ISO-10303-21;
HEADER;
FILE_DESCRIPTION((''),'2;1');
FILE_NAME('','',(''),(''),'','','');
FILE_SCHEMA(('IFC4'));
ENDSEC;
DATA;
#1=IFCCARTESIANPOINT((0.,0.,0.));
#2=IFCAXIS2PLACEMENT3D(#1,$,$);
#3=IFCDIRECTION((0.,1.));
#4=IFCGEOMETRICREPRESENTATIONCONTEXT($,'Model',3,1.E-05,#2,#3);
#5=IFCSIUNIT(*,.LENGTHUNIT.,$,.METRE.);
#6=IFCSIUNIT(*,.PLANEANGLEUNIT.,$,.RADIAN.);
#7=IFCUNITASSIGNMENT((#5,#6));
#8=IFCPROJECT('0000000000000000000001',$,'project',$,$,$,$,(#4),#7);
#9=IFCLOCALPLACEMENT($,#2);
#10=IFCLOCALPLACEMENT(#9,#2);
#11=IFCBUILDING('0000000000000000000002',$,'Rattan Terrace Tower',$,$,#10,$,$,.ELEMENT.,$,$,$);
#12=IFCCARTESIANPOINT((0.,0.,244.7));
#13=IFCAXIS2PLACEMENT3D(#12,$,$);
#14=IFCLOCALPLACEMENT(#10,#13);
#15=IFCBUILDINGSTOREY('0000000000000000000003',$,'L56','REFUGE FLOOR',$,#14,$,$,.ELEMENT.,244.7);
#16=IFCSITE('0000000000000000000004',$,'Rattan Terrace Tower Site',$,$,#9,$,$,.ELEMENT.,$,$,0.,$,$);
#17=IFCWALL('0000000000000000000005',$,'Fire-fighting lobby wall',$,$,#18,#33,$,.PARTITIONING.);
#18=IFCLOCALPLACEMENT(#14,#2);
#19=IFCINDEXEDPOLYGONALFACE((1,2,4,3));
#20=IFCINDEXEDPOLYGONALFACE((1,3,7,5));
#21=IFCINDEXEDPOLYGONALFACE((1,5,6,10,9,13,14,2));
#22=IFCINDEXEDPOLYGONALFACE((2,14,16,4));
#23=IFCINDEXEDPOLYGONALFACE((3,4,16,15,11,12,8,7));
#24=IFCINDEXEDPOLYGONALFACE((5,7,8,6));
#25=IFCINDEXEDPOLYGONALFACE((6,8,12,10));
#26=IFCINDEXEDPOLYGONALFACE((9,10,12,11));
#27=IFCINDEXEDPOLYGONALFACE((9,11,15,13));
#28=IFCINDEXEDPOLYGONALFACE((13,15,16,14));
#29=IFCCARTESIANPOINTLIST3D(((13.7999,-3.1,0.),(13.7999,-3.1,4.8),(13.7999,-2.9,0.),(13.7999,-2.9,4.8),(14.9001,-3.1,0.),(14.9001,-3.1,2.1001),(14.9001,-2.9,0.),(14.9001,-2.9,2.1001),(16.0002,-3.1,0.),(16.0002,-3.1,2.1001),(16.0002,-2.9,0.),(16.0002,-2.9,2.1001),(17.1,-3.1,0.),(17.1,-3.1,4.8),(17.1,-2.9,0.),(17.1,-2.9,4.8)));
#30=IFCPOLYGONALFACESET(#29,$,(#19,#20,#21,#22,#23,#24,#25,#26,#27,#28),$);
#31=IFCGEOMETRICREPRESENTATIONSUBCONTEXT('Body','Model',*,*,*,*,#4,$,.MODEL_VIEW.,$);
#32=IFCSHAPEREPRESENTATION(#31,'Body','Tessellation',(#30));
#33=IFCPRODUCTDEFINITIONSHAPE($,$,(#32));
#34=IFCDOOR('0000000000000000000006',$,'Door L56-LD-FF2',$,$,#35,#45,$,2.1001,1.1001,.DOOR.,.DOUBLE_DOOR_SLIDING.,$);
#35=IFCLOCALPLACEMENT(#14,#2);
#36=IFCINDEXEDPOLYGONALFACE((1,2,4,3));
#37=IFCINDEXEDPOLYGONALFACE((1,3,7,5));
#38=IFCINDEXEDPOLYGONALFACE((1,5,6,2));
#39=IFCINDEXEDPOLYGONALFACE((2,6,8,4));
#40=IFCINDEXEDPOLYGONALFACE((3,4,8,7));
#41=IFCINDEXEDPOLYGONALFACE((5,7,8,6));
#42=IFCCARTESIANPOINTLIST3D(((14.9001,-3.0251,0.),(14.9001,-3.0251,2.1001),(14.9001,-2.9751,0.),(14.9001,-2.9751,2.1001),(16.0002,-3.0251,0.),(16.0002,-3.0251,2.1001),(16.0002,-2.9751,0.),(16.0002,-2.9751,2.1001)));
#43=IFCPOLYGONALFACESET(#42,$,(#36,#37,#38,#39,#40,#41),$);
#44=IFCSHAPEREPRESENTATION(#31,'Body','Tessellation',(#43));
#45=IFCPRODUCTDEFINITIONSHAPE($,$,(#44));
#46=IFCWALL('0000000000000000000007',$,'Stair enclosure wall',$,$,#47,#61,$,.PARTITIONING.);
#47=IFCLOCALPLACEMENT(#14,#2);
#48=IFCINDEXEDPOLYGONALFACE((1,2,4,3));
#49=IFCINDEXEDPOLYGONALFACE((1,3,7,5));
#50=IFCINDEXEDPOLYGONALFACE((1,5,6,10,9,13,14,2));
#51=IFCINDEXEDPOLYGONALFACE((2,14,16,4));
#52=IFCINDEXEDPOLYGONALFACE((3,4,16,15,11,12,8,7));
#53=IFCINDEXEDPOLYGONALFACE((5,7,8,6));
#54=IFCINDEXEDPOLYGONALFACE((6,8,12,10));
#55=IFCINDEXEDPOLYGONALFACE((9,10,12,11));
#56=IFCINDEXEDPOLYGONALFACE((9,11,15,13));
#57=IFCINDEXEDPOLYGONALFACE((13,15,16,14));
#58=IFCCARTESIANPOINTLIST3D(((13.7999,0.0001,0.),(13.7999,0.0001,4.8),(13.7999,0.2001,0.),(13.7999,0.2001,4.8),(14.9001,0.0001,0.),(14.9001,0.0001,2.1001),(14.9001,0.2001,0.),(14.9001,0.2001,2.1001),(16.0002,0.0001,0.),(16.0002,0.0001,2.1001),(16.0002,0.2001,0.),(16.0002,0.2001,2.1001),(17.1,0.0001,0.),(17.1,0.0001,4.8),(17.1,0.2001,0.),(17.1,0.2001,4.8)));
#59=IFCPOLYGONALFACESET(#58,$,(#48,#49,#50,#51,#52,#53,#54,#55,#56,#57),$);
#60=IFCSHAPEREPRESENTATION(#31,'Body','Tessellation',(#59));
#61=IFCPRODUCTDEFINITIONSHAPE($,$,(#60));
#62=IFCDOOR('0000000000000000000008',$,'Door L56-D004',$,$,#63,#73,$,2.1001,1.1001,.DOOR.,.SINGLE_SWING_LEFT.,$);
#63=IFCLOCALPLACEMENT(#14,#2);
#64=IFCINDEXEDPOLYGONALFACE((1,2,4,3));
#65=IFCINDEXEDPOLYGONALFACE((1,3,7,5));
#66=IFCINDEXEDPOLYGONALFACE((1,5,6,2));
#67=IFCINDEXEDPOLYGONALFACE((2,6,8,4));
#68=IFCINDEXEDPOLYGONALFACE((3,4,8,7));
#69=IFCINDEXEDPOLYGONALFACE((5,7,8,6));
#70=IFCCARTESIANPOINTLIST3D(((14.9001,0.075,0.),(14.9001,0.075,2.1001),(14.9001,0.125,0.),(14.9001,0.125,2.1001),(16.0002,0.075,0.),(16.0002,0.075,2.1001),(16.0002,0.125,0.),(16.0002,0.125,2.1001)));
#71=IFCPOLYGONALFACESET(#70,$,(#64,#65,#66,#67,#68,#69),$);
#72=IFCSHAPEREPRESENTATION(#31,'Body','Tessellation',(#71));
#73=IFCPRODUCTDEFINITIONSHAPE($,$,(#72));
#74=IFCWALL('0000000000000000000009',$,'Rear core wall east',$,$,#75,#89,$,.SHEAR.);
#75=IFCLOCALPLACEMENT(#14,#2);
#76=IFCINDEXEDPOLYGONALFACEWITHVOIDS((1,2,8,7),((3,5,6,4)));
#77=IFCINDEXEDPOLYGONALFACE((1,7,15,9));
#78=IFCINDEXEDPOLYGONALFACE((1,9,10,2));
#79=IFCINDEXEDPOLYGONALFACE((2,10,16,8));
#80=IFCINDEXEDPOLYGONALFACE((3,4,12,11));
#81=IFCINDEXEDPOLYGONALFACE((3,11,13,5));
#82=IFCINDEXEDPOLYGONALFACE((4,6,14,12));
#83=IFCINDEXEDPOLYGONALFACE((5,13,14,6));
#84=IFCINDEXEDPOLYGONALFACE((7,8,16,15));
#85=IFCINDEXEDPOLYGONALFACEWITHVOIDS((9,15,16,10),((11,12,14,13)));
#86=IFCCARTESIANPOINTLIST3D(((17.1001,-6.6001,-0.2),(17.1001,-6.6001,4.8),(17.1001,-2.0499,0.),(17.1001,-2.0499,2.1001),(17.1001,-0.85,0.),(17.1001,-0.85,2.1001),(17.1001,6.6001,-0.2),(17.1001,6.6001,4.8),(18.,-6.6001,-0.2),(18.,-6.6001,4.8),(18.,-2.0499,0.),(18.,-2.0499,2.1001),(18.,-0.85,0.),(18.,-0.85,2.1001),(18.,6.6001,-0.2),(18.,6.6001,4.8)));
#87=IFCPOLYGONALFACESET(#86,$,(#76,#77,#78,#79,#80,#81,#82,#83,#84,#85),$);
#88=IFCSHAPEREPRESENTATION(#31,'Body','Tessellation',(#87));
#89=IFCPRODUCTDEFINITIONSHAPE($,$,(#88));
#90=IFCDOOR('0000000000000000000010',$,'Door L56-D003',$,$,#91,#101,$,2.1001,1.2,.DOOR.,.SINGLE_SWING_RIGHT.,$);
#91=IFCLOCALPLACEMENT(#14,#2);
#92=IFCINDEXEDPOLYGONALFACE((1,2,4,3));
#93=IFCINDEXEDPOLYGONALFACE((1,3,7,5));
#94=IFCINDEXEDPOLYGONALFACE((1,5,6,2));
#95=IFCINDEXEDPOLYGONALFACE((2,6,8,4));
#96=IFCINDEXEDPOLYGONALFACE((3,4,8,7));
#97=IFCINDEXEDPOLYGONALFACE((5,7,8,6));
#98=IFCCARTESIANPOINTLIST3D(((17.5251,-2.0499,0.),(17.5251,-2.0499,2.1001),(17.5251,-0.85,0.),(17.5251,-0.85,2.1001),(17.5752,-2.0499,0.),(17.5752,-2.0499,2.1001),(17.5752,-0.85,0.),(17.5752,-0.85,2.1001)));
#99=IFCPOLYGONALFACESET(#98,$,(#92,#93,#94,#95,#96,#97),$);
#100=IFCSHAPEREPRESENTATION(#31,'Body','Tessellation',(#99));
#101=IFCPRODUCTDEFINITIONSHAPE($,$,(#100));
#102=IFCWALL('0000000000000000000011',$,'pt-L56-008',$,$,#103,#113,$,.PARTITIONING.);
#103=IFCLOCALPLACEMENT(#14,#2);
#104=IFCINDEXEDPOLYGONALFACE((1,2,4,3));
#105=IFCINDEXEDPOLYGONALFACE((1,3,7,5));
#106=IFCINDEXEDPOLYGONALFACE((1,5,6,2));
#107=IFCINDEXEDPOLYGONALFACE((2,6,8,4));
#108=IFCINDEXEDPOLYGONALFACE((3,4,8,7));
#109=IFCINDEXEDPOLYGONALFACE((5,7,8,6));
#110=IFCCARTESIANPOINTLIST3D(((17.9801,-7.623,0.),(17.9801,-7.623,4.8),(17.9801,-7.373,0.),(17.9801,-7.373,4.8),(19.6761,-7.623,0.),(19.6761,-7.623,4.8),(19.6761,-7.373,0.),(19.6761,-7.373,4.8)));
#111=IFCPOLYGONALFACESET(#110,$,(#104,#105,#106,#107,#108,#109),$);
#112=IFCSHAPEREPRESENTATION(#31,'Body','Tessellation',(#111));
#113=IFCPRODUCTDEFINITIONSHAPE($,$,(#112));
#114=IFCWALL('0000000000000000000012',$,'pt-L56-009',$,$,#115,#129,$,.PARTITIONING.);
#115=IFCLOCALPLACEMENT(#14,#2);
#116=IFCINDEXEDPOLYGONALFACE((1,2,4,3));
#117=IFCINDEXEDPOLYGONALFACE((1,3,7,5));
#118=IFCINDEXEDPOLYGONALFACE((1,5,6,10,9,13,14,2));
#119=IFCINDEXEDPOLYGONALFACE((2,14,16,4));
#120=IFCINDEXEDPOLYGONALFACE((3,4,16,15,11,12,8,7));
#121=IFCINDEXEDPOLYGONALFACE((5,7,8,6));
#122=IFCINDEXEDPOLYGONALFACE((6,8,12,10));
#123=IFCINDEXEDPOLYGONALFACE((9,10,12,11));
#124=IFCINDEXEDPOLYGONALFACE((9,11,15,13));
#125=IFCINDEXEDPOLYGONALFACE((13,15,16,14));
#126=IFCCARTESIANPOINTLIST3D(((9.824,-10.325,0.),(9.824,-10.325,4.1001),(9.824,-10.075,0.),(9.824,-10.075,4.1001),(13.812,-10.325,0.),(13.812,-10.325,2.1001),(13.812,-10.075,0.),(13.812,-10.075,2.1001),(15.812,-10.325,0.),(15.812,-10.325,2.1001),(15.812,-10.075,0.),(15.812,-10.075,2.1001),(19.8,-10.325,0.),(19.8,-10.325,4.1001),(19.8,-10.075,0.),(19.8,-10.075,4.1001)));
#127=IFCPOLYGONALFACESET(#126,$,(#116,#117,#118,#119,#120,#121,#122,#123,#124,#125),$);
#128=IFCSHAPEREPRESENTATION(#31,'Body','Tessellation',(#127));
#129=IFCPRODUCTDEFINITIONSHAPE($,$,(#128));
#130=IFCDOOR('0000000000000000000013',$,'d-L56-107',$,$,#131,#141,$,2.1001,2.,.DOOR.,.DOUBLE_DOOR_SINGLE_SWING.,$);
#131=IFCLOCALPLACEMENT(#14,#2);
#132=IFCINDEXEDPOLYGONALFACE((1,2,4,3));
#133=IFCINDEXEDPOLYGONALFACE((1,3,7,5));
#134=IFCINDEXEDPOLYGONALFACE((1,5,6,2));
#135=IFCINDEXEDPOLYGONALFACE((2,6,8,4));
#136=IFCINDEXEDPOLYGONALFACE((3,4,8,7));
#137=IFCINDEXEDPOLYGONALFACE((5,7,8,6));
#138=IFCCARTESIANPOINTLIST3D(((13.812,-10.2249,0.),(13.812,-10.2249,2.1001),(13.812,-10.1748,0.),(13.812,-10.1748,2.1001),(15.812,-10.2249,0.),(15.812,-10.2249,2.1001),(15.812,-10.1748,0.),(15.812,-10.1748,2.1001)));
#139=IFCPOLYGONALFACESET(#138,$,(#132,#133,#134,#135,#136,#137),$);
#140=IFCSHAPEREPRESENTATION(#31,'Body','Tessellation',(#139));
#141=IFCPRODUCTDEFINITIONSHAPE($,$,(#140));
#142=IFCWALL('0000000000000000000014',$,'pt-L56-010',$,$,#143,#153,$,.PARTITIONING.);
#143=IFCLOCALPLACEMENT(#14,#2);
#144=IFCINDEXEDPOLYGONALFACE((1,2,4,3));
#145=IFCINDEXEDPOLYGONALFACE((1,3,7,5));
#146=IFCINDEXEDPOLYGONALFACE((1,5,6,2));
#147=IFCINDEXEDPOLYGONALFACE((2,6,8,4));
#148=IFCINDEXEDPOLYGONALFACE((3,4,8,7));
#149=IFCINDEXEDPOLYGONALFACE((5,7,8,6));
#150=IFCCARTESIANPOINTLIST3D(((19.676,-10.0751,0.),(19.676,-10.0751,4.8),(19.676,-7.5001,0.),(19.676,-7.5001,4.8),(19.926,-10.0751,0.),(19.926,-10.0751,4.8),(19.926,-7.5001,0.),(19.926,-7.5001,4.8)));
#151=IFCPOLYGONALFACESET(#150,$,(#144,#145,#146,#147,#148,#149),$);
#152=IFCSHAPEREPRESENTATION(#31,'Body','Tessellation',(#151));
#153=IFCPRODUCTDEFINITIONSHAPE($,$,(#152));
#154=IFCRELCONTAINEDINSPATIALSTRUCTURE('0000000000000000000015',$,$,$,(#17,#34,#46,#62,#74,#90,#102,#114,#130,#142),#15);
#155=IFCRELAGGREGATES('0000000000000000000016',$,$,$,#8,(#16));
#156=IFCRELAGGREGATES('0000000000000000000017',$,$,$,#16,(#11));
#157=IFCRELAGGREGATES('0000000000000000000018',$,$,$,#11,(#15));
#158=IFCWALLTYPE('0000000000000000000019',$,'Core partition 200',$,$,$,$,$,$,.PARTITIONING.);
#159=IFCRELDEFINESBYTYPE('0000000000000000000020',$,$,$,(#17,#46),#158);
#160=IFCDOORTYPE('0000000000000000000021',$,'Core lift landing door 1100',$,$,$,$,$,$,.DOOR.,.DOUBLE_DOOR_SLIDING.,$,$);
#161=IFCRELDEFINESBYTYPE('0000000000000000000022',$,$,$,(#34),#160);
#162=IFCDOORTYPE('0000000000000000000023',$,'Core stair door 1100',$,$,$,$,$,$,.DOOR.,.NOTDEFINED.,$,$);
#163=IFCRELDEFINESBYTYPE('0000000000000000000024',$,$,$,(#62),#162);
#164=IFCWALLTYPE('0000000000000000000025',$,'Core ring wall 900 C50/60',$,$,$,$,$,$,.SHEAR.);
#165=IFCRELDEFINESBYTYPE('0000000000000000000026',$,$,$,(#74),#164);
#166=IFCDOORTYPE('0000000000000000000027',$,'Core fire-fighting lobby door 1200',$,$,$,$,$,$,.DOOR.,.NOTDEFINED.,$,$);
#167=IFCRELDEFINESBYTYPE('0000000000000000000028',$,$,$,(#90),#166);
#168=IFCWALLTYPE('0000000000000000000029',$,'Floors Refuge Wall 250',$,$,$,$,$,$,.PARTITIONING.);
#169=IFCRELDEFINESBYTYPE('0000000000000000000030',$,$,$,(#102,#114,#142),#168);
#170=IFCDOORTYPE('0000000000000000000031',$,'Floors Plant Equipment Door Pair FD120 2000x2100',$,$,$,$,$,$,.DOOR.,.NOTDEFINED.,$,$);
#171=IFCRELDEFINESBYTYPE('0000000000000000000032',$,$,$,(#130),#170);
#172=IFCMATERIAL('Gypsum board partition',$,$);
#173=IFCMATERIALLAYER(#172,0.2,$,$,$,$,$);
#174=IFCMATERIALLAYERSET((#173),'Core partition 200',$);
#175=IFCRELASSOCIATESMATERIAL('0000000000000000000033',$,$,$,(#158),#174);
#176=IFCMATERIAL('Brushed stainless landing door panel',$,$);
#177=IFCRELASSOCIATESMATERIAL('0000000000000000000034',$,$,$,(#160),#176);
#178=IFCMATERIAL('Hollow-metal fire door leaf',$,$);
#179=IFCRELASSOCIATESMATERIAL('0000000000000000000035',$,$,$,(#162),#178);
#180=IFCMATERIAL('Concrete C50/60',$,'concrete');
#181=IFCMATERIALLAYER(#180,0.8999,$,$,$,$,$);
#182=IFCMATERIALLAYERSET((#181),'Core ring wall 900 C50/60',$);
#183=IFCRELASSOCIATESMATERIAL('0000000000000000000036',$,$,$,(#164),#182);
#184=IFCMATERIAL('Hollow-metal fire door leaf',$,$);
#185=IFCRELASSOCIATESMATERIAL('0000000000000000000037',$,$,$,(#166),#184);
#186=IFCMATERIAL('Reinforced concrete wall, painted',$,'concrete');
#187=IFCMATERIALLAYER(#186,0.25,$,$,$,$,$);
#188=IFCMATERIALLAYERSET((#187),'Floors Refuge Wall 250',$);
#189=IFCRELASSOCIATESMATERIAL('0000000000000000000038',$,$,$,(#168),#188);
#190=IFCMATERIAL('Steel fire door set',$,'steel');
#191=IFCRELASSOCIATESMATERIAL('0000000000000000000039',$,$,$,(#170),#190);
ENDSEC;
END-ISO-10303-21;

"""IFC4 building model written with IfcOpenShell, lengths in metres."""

from ifc_helpers import new_model, si_unit, direction, frame, frame_2d, origin, place, context, subcontext, project, spatial, rectangle, extrude, material, layer, layer_set, type_object, element, fill, save


model = new_model("IFC4")

# Units and contexts
model_context = context("Model", 3, precision=1e-05, world=origin(), true_north=direction((0.0, 1.0)))
body_context = subcontext(model_context, "Body", "Model", "MODEL_VIEW")
ifc_project = project(units=[si_unit("LENGTHUNIT", "METRE"), si_unit("PLANEANGLEUNIT", "RADIAN")], contexts=[model_context])

# Site, building, storey
site_placement = place(None, origin())
site = spatial("IfcSite", under=ifc_project, at=site_placement, Name="Rattan Terrace Tower Site", CompositionType="ELEMENT", RefElevation=0.0)
building_placement = place(site_placement, origin())
building = spatial("IfcBuilding", under=site, at=building_placement, Name="Rattan Terrace Tower", CompositionType="ELEMENT")
storey_placement = place(building_placement, frame((0.0, 0.0, 244.7)))
storey = spatial("IfcBuildingStorey", under=building, at=storey_placement, Name="L56", Description="REFUGE FLOOR", CompositionType="ELEMENT", Elevation=244.7)

# Walls, openings, doors
ifc_material_1 = material(Name="Gypsum board partition")
ifc_layer_1 = layer(ifc_material_1, 0.2)
ifc_layer_set_1 = layer_set([ifc_layer_1], Name="Core partition 200")
wall_type_1 = type_object("IfcWallType", Name="Core partition 200", PredefinedType="PARTITIONING", material=ifc_layer_set_1)
wall_1_placement = place(storey_placement, frame((13.8, -3.0, 0.0), z_axis=(0.0, 0.0, 1.0), x_axis=(1.0, 0.0, 0.0)))
wall_1 = element("IfcWall", 1, at=wall_1_placement, inside=storey, type_object=wall_type_1, Name="Fire-fighting lobby wall", PredefinedType="PARTITIONING", context=body_context, shape_type="SweptSolid", body=[
    extrude(rectangle(XDim=3.3, YDim=0.2, at=frame_2d((1.6499, 0.0))), origin(), (0.0, 0.0, 1.0), 4.8),
])
opening_1_placement = place(wall_1_placement, frame((1.1001, 0.0, 0.0)))
opening_1 = element("IfcOpeningElement", 2, at=opening_1_placement, cuts=wall_1, PredefinedType="OPENING", context=body_context, shape_type="SweptSolid", body=[
    extrude(rectangle(XDim=1.1001, YDim=2.1001, at=frame_2d((0.55, 1.05))), frame((0.0, 0.1106, 0.0), z_axis=(0.0, -1.0, 0.0), x_axis=(1.0, 0.0, 0.0)), (0.0, 0.0, 1.0), 0.2209),
])
ifc_material_2 = material(Name="Brushed stainless landing door panel")
door_type_1 = type_object("IfcDoorType", Name="Core lift landing door 1100", OperationType="DOUBLE_DOOR_SLIDING", PredefinedType="DOOR", material=ifc_material_2)
door_1_placement = place(opening_1_placement, origin())
door_1 = element("IfcDoor", 3, at=door_1_placement, inside=storey, type_object=door_type_1, Name="Door L56-LD-FF2", OperationType="DOUBLE_DOOR_SLIDING", OverallHeight=2.1001, OverallWidth=1.1001, PredefinedType="DOOR", context=body_context, shape_type="SweptSolid", body=[
    extrude(rectangle(XDim=1.1001, YDim=2.1001, at=frame_2d((0.55, 1.05))), frame((0.0, 0.0249, 0.0), z_axis=(0.0, -1.0, 0.0), x_axis=(1.0, 0.0, 0.0)), (0.0, 0.0, 1.0), 0.05),
])
fill(opening_1, door_1)
wall_2_placement = place(storey_placement, frame((13.8, 0.1001, 0.0), z_axis=(0.0, 0.0, 1.0), x_axis=(1.0, 0.0, 0.0)))
wall_2 = element("IfcWall", 4, at=wall_2_placement, inside=storey, type_object=wall_type_1, Name="Stair enclosure wall", PredefinedType="PARTITIONING", context=body_context, shape_type="SweptSolid", body=[
    extrude(rectangle(XDim=3.3, YDim=0.2, at=frame_2d((1.6499, 0.0))), origin(), (0.0, 0.0, 1.0), 4.8),
])
opening_2_placement = place(wall_2_placement, frame((1.1001, 0.0, 0.0)))
opening_2 = element("IfcOpeningElement", 5, at=opening_2_placement, cuts=wall_2, PredefinedType="OPENING", context=body_context, shape_type="SweptSolid", body=[
    extrude(rectangle(XDim=1.1001, YDim=2.1001, at=frame_2d((0.55, 1.05))), frame((0.0, 0.1106, 0.0), z_axis=(0.0, -1.0, 0.0), x_axis=(1.0, 0.0, 0.0)), (0.0, 0.0, 1.0), 0.2209),
])
ifc_material_3 = material(Name="Hollow-metal fire door leaf")
door_type_2 = type_object("IfcDoorType", Name="Core stair door 1100", OperationType="NOTDEFINED", PredefinedType="DOOR", material=ifc_material_3)
door_2_placement = place(opening_2_placement, origin())
door_2 = element("IfcDoor", 6, at=door_2_placement, inside=storey, type_object=door_type_2, Name="Door L56-D004", OperationType="SINGLE_SWING_LEFT", OverallHeight=2.1001, OverallWidth=1.1001, PredefinedType="DOOR", context=body_context, shape_type="SweptSolid", body=[
    extrude(rectangle(XDim=1.1001, YDim=2.1001, at=frame_2d((0.55, 1.05))), frame((0.0, 0.0249, 0.0), z_axis=(0.0, -1.0, 0.0), x_axis=(1.0, 0.0, 0.0)), (0.0, 0.0, 1.0), 0.05),
])
fill(opening_2, door_2)
ifc_material_4 = material(Name="Concrete C50/60", Category="concrete")
ifc_layer_2 = layer(ifc_material_4, 0.8999)
ifc_layer_set_2 = layer_set([ifc_layer_2], Name="Core ring wall 900 C50/60")
wall_type_2 = type_object("IfcWallType", Name="Core ring wall 900 C50/60", PredefinedType="SHEAR", material=ifc_layer_set_2)
wall_3_placement = place(storey_placement, frame((17.55, -6.6001, -0.2), z_axis=(0.0, 0.0, 1.0), x_axis=(0.0, 1.0, 0.0)))
wall_3 = element("IfcWall", 7, at=wall_3_placement, inside=storey, type_object=wall_type_2, Name="Rear core wall east", PredefinedType="SHEAR", context=body_context, shape_type="SweptSolid", body=[
    extrude(rectangle(XDim=13.2002, YDim=0.8999, at=frame_2d((6.6001, 0.0))), origin(), (0.0, 0.0, 1.0), 5.0),
])
opening_3_placement = place(wall_3_placement, frame((4.55, 0.0, 0.2)))
opening_3 = element("IfcOpeningElement", 8, at=opening_3_placement, cuts=wall_3, PredefinedType="OPENING", context=body_context, shape_type="SweptSolid", body=[
    extrude(rectangle(XDim=1.2, YDim=2.1001, at=frame_2d((0.6001, 1.05))), frame((0.0, 0.4604, 0.0), z_axis=(0.0, -1.0, 0.0), x_axis=(1.0, 0.0, 0.0)), (0.0, 0.0, 1.0), 0.9209),
])
ifc_material_5 = material(Name="Hollow-metal fire door leaf")
door_type_3 = type_object("IfcDoorType", Name="Core fire-fighting lobby door 1200", OperationType="NOTDEFINED", PredefinedType="DOOR", material=ifc_material_5)
door_3_placement = place(opening_3_placement, origin())
door_3 = element("IfcDoor", 9, at=door_3_placement, inside=storey, type_object=door_type_3, Name="Door L56-D003", OperationType="SINGLE_SWING_RIGHT", OverallHeight=2.1001, OverallWidth=1.2, PredefinedType="DOOR", context=body_context, shape_type="SweptSolid", body=[
    extrude(rectangle(XDim=1.2, YDim=2.1001, at=frame_2d((0.6001, 1.05))), frame((0.0, 0.0249, 0.0), z_axis=(0.0, -1.0, 0.0), x_axis=(1.0, 0.0, 0.0)), (0.0, 0.0, 1.0), 0.05),
])
fill(opening_3, door_3)

# Wall
ifc_material_6 = material(Name="Reinforced concrete wall, painted", Category="concrete")
ifc_layer_3 = layer(ifc_material_6, 0.25)
ifc_layer_set_3 = layer_set([ifc_layer_3], Name="Floors Refuge Wall 250")
wall_type_3 = type_object("IfcWallType", Name="Floors Refuge Wall 250", PredefinedType="PARTITIONING", material=ifc_layer_set_3)
wall_4_placement = place(storey_placement, frame((17.98, -7.498, 0.0), z_axis=(0.0, 0.0, 1.0), x_axis=(1.0, 0.0, 0.0)))
element("IfcWall", 10, at=wall_4_placement, inside=storey, type_object=wall_type_3, Name="pt-L56-008", PredefinedType="PARTITIONING", context=body_context, shape_type="SweptSolid", body=[
    extrude(rectangle(XDim=1.696, YDim=0.25, at=frame_2d((0.8481, 0.0))), origin(), (0.0, 0.0, 1.0), 4.8),
])

# Wall, opening, door
wall_5_placement = place(storey_placement, frame((19.8, -10.2, 0.0), z_axis=(0.0, 0.0, 1.0), x_axis=(-1.0, 0.0, 0.0)))
wall_5 = element("IfcWall", 11, at=wall_5_placement, inside=storey, type_object=wall_type_3, Name="pt-L56-009", PredefinedType="PARTITIONING", context=body_context, shape_type="SweptSolid", body=[
    extrude(rectangle(XDim=9.9761, YDim=0.25, at=frame_2d((4.988, 0.0))), origin(), (0.0, 0.0, 1.0), 4.1001),
])
opening_4_placement = place(wall_5_placement, frame((3.988, 0.0, 0.0)))
opening_4 = element("IfcOpeningElement", 12, at=opening_4_placement, cuts=wall_5, PredefinedType="OPENING", context=body_context, shape_type="SweptSolid", body=[
    extrude(rectangle(XDim=2.0, YDim=2.1001, at=frame_2d((1.0, 1.05))), frame((0.0, 0.1355, 0.0), z_axis=(0.0, -1.0, 0.0), x_axis=(1.0, 0.0, 0.0)), (0.0, 0.0, 1.0), 0.271),
])
ifc_material_7 = material(Name="Steel fire door set", Category="steel")
door_type_4 = type_object("IfcDoorType", Name="Floors Plant Equipment Door Pair FD120 2000x2100", OperationType="NOTDEFINED", PredefinedType="DOOR", material=ifc_material_7)
door_4_placement = place(opening_4_placement, origin())
door_4 = element("IfcDoor", 13, at=door_4_placement, inside=storey, type_object=door_type_4, Name="d-L56-107", OperationType="DOUBLE_DOOR_SINGLE_SWING", OverallHeight=2.1001, OverallWidth=2.0, PredefinedType="DOOR", context=body_context, shape_type="SweptSolid", body=[
    extrude(rectangle(XDim=2.0, YDim=2.1001, at=frame_2d((1.0, 1.05))), frame((0.0, 0.0249, 0.0), z_axis=(0.0, -1.0, 0.0), x_axis=(1.0, 0.0, 0.0)), (0.0, 0.0, 1.0), 0.05),
])
fill(opening_4, door_4)

# Wall
wall_6_placement = place(storey_placement, frame((19.801, -7.5, 0.0), z_axis=(0.0, 0.0, 1.0), x_axis=(0.0, -1.0, 0.0)))
element("IfcWall", 14, at=wall_6_placement, inside=storey, type_object=wall_type_3, Name="pt-L56-010", PredefinedType="PARTITIONING", context=body_context, shape_type="SweptSolid", body=[
    extrude(rectangle(XDim=2.575, YDim=0.25, at=frame_2d((1.2876, 0.0))), origin(), (0.0, 0.0, 1.0), 4.8),
])

save(model, "model.ifc")
